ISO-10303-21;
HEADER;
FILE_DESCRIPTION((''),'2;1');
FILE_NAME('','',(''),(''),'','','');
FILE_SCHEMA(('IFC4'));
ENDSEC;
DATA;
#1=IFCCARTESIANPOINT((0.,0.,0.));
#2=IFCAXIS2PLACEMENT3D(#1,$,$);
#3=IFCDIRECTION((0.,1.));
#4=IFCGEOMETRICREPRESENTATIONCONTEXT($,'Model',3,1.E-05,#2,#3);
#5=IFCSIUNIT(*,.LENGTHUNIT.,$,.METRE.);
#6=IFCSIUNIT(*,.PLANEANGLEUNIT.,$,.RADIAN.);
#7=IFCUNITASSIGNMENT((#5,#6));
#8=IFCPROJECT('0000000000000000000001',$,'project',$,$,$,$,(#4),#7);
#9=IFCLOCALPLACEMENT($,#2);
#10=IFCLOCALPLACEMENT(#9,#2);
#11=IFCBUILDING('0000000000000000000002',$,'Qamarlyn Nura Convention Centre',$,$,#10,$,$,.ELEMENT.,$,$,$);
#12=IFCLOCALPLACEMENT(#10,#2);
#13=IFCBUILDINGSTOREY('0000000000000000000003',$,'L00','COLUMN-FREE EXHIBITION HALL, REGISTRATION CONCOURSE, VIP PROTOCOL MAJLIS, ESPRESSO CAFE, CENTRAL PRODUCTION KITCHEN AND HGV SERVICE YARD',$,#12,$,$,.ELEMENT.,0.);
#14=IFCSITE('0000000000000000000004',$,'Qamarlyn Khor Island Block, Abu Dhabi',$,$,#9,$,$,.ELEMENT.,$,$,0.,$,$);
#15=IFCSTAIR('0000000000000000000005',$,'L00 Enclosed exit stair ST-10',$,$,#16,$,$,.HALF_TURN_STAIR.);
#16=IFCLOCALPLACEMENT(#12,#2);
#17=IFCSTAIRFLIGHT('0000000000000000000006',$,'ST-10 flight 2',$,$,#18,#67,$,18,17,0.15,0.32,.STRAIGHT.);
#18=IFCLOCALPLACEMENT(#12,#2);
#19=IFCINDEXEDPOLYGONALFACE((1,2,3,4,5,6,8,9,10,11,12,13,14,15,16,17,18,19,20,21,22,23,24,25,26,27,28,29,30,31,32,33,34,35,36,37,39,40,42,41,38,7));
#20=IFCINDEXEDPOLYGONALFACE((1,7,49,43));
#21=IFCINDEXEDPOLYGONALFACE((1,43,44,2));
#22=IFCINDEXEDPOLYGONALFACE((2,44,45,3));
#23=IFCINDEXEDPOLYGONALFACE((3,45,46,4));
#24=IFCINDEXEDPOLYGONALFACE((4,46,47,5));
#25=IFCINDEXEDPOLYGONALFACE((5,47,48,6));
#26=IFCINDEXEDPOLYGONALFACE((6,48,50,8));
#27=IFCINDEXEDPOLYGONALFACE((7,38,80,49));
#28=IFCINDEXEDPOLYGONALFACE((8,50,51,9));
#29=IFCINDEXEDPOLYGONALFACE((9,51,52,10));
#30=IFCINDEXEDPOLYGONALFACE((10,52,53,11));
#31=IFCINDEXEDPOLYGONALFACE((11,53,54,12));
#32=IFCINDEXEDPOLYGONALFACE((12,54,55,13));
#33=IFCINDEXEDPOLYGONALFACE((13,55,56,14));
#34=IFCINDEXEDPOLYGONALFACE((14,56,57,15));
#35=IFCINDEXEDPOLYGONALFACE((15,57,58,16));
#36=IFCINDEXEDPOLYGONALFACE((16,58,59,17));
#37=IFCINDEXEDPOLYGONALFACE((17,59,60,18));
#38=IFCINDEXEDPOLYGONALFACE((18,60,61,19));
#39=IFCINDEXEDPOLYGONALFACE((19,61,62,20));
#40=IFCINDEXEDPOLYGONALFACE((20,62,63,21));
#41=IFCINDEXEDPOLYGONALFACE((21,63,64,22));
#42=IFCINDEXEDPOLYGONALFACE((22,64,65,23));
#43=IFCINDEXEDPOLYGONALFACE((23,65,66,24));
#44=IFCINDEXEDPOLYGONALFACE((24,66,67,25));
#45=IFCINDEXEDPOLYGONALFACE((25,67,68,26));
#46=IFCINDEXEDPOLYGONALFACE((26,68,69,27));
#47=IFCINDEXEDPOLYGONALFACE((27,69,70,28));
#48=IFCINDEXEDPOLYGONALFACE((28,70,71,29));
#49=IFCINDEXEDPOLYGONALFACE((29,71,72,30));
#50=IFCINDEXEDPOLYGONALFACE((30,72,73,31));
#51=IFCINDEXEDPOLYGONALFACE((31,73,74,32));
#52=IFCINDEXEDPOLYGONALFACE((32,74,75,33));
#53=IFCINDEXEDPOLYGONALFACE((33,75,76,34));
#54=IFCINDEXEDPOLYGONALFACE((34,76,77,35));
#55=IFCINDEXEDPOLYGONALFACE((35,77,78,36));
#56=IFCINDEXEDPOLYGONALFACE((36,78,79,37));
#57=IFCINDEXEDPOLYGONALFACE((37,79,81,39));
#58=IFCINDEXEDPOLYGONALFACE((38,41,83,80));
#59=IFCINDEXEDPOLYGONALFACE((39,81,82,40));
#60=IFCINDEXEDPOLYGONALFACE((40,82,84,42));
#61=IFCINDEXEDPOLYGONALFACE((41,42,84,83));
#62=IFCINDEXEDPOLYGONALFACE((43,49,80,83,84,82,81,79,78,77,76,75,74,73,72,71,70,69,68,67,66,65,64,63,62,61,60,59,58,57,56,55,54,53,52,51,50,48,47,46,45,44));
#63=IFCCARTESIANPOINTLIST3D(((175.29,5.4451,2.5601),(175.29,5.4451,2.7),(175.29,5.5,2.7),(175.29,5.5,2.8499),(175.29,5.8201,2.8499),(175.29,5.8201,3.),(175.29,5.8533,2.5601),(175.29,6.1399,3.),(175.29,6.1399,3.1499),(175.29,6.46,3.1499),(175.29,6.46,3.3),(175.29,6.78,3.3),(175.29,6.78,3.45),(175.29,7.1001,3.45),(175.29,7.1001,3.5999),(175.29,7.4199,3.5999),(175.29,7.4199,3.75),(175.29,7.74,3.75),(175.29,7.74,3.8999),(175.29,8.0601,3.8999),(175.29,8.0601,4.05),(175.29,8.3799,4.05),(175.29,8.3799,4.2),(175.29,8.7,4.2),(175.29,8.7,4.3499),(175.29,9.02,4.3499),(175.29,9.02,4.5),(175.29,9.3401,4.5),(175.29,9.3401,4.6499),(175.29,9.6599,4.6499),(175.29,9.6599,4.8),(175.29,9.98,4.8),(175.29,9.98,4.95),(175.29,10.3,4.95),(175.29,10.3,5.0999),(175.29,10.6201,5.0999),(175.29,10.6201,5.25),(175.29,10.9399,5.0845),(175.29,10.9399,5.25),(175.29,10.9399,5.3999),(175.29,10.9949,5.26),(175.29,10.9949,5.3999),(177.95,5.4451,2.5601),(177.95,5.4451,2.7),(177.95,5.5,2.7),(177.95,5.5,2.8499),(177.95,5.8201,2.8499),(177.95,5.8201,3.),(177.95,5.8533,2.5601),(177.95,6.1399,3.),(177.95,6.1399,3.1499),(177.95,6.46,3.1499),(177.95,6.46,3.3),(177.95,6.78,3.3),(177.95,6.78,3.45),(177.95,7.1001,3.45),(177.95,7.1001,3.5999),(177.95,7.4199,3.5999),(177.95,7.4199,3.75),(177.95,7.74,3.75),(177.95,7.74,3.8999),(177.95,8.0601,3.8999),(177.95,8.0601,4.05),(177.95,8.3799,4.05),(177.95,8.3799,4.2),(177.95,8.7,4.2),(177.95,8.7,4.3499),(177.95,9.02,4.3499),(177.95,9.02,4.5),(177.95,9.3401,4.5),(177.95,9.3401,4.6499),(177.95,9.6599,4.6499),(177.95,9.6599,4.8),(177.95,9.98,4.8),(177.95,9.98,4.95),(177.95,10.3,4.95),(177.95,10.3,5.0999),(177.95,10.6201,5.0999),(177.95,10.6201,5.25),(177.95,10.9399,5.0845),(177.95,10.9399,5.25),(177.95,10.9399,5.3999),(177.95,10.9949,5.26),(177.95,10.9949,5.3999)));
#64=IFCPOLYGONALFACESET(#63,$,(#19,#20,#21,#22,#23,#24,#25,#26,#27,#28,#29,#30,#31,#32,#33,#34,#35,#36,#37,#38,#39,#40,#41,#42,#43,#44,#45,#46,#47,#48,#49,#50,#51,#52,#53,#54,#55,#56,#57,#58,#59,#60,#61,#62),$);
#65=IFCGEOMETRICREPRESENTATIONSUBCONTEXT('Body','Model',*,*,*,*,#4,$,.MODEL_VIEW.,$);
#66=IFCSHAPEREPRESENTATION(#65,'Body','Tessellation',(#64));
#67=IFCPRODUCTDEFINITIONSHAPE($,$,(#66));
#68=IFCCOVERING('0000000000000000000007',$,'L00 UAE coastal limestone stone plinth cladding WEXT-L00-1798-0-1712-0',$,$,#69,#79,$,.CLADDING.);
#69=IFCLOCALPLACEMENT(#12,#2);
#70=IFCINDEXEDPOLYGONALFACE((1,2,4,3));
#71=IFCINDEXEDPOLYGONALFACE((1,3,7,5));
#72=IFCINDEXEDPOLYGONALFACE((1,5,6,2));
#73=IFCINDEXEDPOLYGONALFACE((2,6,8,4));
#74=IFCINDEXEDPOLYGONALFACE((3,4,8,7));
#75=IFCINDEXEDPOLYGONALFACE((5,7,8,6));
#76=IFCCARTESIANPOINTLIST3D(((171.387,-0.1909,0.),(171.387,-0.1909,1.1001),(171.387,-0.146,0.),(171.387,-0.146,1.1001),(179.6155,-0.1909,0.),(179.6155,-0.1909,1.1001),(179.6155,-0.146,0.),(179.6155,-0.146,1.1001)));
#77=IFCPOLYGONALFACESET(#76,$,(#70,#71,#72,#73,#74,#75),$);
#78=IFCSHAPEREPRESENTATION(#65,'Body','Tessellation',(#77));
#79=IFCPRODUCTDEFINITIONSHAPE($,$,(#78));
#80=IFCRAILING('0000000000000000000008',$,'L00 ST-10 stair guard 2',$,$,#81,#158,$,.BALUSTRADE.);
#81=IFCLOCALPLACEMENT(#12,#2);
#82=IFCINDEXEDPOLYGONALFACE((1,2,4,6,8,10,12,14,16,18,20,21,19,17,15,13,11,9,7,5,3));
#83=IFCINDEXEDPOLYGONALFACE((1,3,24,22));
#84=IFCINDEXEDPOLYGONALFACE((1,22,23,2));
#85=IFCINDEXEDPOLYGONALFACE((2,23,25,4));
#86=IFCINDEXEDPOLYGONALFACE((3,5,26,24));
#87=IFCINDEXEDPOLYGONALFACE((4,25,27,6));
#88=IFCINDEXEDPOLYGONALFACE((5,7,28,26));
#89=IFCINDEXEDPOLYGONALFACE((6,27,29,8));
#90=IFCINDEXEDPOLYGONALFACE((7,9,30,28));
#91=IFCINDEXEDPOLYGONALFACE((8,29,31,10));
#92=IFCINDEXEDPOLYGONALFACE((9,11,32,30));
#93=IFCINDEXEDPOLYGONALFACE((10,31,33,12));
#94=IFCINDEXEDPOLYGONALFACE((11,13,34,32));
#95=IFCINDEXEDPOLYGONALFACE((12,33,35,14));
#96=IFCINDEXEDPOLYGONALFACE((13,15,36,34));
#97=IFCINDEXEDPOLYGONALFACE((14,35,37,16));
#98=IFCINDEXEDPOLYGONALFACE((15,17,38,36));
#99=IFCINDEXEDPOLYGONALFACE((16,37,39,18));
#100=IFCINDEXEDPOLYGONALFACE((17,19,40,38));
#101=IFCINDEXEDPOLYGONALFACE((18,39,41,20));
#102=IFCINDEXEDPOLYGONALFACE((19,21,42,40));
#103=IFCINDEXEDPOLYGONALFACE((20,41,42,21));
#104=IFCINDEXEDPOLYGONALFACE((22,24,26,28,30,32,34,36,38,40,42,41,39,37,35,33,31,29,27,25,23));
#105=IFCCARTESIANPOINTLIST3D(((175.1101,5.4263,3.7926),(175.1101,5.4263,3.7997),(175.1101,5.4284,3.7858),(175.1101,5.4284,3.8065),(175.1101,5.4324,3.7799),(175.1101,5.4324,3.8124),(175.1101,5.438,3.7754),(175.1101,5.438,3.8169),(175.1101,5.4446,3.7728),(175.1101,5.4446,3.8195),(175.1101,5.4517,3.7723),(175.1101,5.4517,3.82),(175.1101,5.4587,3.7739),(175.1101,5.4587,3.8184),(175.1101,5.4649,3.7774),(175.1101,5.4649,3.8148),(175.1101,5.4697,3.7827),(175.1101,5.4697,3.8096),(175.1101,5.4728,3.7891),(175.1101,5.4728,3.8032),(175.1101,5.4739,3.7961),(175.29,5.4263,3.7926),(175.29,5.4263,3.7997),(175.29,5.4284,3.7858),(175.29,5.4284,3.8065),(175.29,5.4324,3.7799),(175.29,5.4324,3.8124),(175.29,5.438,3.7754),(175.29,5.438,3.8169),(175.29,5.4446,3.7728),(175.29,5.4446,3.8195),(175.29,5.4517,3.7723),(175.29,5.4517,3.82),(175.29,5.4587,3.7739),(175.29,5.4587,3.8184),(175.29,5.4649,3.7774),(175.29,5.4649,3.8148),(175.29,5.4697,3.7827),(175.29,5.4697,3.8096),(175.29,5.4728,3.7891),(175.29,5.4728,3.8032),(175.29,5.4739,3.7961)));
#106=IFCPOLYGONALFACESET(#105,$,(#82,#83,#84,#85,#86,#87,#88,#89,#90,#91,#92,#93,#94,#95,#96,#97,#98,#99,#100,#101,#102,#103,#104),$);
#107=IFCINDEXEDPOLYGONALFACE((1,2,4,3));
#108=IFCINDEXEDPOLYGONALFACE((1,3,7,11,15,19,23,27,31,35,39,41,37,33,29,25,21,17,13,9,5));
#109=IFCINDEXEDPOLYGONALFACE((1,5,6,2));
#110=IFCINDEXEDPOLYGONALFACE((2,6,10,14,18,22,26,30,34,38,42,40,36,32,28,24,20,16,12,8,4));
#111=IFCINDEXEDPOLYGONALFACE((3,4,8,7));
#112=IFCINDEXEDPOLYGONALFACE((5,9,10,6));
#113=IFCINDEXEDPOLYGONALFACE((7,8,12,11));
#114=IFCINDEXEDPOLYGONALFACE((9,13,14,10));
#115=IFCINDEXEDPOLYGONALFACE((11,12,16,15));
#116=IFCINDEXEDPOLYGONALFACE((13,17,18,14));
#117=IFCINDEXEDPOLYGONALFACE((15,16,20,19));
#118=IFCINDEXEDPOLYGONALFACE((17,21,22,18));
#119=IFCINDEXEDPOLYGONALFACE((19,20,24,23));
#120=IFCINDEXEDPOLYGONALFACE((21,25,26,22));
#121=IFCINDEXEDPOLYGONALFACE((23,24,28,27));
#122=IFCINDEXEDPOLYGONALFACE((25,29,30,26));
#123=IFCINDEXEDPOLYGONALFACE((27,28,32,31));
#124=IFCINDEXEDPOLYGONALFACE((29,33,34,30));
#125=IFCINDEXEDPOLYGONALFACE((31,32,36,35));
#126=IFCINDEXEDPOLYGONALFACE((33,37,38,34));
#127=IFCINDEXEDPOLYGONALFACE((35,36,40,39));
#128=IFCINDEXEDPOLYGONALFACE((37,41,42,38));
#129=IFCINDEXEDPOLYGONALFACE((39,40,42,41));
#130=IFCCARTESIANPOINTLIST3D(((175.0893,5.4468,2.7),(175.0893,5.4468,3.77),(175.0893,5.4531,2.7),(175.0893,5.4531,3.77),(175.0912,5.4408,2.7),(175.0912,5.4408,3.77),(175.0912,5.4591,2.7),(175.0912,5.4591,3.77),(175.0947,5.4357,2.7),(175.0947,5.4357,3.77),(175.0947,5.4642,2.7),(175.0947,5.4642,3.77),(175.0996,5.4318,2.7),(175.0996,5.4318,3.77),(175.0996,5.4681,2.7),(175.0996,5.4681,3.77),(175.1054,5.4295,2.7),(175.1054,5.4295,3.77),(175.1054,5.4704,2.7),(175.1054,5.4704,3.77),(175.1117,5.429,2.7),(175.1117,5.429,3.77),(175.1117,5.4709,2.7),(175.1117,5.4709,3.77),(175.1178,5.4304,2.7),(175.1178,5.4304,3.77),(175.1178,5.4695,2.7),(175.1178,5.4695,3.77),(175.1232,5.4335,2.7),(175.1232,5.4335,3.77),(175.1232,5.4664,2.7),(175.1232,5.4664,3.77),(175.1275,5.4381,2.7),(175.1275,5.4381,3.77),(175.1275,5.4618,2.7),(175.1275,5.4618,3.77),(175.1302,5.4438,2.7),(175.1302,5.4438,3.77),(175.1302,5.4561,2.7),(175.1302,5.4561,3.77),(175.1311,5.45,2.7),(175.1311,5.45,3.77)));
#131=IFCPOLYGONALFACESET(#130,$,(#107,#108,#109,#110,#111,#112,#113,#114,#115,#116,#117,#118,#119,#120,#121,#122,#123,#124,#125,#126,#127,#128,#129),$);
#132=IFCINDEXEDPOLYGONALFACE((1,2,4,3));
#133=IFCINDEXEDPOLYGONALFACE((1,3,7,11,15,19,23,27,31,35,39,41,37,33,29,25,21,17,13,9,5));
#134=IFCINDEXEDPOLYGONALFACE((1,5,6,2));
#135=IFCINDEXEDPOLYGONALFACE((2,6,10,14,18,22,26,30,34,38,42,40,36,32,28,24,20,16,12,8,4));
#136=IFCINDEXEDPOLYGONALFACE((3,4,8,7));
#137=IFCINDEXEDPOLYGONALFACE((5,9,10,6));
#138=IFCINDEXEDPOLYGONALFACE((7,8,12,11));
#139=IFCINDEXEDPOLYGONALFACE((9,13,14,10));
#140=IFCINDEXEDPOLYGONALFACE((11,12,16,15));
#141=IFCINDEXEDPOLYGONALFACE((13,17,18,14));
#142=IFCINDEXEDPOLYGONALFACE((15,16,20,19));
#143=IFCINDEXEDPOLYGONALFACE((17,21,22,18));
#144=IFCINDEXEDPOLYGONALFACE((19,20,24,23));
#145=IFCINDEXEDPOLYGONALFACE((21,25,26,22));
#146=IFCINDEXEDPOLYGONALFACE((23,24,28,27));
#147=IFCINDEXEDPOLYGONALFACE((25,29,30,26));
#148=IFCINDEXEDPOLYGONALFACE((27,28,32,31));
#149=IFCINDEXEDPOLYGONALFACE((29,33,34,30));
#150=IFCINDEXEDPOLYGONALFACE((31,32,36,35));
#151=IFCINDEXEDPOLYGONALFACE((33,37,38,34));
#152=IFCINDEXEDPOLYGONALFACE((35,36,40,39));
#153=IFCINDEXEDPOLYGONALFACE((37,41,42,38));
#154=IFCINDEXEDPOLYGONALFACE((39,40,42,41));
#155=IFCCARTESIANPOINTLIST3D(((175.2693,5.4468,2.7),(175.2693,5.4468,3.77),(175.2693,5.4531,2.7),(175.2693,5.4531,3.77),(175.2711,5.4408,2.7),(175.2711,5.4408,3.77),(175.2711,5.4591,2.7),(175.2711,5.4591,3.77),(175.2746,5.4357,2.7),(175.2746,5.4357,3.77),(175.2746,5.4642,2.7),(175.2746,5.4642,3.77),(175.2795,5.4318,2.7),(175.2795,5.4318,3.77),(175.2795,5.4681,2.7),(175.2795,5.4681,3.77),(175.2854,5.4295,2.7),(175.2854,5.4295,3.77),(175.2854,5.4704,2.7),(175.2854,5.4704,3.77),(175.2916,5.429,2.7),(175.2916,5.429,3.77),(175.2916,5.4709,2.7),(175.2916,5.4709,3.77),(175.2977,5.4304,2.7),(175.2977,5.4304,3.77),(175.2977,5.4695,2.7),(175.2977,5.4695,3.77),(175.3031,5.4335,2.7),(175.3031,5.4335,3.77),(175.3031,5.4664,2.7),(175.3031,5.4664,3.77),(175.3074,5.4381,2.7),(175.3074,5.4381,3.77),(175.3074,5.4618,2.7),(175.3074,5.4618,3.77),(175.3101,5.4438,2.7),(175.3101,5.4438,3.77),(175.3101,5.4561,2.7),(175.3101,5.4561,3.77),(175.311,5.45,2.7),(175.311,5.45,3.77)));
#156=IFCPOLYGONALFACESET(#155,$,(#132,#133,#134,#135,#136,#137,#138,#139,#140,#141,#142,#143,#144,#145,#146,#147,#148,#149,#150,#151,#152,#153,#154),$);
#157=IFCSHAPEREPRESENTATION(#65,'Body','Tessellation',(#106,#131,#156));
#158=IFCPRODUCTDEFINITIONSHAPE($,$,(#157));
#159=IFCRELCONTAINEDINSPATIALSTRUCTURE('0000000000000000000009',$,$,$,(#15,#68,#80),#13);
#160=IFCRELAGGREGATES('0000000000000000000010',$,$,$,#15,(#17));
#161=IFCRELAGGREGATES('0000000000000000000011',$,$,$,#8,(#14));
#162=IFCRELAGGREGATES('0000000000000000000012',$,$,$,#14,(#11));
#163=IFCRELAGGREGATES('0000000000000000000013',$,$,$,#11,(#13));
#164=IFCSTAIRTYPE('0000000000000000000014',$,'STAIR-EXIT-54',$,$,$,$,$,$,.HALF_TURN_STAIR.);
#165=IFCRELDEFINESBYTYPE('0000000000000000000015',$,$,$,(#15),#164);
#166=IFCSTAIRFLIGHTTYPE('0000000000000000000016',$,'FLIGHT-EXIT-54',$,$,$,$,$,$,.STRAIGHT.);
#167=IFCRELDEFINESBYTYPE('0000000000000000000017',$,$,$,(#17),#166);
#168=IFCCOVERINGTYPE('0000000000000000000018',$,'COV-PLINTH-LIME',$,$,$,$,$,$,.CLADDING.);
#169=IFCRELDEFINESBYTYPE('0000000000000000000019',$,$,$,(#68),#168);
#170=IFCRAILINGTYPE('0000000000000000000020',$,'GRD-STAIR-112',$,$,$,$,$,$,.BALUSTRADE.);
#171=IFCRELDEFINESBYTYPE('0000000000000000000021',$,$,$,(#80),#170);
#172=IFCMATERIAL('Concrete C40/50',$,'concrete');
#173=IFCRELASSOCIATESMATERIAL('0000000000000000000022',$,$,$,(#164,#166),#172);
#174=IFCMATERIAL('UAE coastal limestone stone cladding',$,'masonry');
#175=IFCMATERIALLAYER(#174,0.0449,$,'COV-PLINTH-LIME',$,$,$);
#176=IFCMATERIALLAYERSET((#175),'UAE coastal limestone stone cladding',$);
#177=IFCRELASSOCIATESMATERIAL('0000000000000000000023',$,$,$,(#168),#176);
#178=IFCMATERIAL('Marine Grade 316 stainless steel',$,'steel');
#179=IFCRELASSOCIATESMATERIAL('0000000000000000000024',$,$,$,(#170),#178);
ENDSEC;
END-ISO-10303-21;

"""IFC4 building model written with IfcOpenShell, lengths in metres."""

from ifc_helpers import new_model, si_unit, direction, frame, origin, origin_2d, place, context, subcontext, project, spatial, polyline, rectangle, circle, outline, extrude, material, layer, layer_set, type_object, element, aggregate, save


model = new_model("IFC4")

# Units and contexts
model_context = context("Model", 3, precision=1e-05, world=origin(), true_north=direction((0.0, 1.0)))
body_context = subcontext(model_context, "Body", "Model", "MODEL_VIEW")
ifc_project = project(units=[si_unit("LENGTHUNIT", "METRE"), si_unit("PLANEANGLEUNIT", "RADIAN")], contexts=[model_context])

# Site, building, storey
site_placement = place(None, origin())
site = spatial("IfcSite", under=ifc_project, at=site_placement, Name="Qamarlyn Khor Island Block, Abu Dhabi", CompositionType="ELEMENT", RefElevation=0.0)
building_placement = place(site_placement, origin())
building = spatial("IfcBuilding", under=site, at=building_placement, Name="Qamarlyn Nura Convention Centre", CompositionType="ELEMENT")
storey_placement = place(building_placement, origin())
storey = spatial("IfcBuildingStorey", under=building, at=storey_placement, Name="L00", Description="COLUMN-FREE EXHIBITION HALL, REGISTRATION CONCOURSE, VIP PROTOCOL MAJLIS, ESPRESSO CAFE, CENTRAL PRODUCTION KITCHEN AND HGV SERVICE YARD", CompositionType="ELEMENT", Elevation=0.0)

# Shared definitions
ifc_material_1 = material(Name="Concrete C40/50", Category="concrete")

# Stair, stair flight
stair_type = type_object("IfcStairType", Name="STAIR-EXIT-54", PredefinedType="HALF_TURN_STAIR", material=ifc_material_1)
stair_flight_type = type_object("IfcStairFlightType", Name="FLIGHT-EXIT-54", PredefinedType="STRAIGHT", material=ifc_material_1)
stair_1_placement = place(storey_placement, origin())
stair_1 = element("IfcStair", 1, at=stair_1_placement, inside=storey, type_object=stair_type, Name="L00 Enclosed exit stair ST-10", PredefinedType="HALF_TURN_STAIR")
stair_flight_1_placement = place(storey_placement, frame((176.6201, 5.5, 2.7), z_axis=(0.0, 0.0, 1.0), x_axis=(0.0, 1.0, 0.0)))
stair_flight_1 = element("IfcStairFlight", 2, at=stair_flight_1_placement, type_object=stair_flight_type, Name="ST-10 flight 2", NumberOfRisers=18, NumberOfTreads=17, PredefinedType="STRAIGHT", RiserHeight=0.15, TreadLength=0.32, context=body_context, shape_type="SweptSolid", body=[
    extrude(outline(polyline([(-0.0549, 0.0), (0.0, 0.0), (0.0, 0.1499), (0.3201, 0.1499), (0.3201, 0.3), (0.6399, 0.3), (0.6399, 0.45), (0.96, 0.45), (0.96, 0.6001), (1.28, 0.6001), (1.28, 0.75), (1.6001, 0.75), (1.6001, 0.8999), (1.9199, 0.8999), (1.9199, 1.05), (2.24, 1.05), (2.24, 1.2), (2.5601, 1.2), (2.5601, 1.3501), (2.8799, 1.3501), (2.8799, 1.5), (3.2, 1.5), (3.2, 1.6499), (3.52, 1.6499), (3.52, 1.8), (3.8401, 1.8), (3.8401, 1.95), (4.1599, 1.95), (4.1599, 2.1001), (4.48, 2.1001), (4.48, 2.25), (4.8, 2.25), (4.8, 2.3999), (5.1201, 2.3999), (5.1201, 2.55), (5.4399, 2.55), (5.4399, 2.7), (5.4949, 2.7), (5.4949, 2.5601), (5.4399, 2.3845), (0.3533, -0.1399), (-0.0549, -0.1399), (-0.0549, 0.0)])), frame((0.0, 1.3301, 0.0), z_axis=(0.0, -1.0, 0.0), x_axis=(1.0, 0.0, 0.0)), (0.0, 0.0, 1.0), 2.6599),
])
aggregate(stair_1, [stair_flight_1])

# Covering
ifc_material_2 = material(Name="UAE coastal limestone stone cladding", Category="masonry")
ifc_layer_1 = layer(ifc_material_2, 0.0449, Name="COV-PLINTH-LIME")
ifc_layer_set_1 = layer_set([ifc_layer_1], Name="UAE coastal limestone stone cladding")
covering_type = type_object("IfcCoveringType", Name="COV-PLINTH-LIME", PredefinedType="CLADDING", material=ifc_layer_set_1)
covering_placement = place(storey_placement, frame((175.5012, -0.1685, 0.0), z_axis=(0.0, 0.0, 1.0), x_axis=(-1.0, 0.0, 0.0)))
element("IfcCovering", 3, at=covering_placement, inside=storey, type_object=covering_type, Name="L00 UAE coastal limestone stone plinth cladding WEXT-L00-1798-0-1712-0", PredefinedType="CLADDING", context=body_context, shape_type="SweptSolid", body=[
    extrude(rectangle(XDim=8.2285, YDim=0.0449, at=origin_2d()), origin(), (0.0, 0.0, 1.0), 1.1001),
])

# Railing
ifc_material_3 = material(Name="Marine Grade 316 stainless steel", Category="steel")
railing_type_1 = type_object("IfcRailingType", Name="GRD-STAIR-112", PredefinedType="BALUSTRADE", material=ifc_material_3)
railing_1_placement = place(storey_placement, frame((175.1101, 5.45, 2.7)))
element("IfcRailing", 4, at=railing_1_placement, inside=storey, type_object=railing_type_1, Name="L00 ST-10 stair guard 2", PredefinedType="BALUSTRADE", context=body_context, shape_type="SweptSolid", body=[
    extrude(circle(Radius=0.0239, at=origin_2d()), frame((0.0, 0.0, 1.0962), z_axis=(1.0, 0.0, 0.0), x_axis=(0.0, 1.0, 0.0)), (0.0, 0.0, 1.0), 0.1799),
    extrude(circle(Radius=0.021, at=origin_2d()), origin(), (0.0, 0.0, 1.0), 1.0701),
    extrude(circle(Radius=0.021, at=origin_2d()), frame((0.1799, 0.0, 0.0)), (0.0, 0.0, 1.0), 1.0701),
])

save(model, "model.ifc")
